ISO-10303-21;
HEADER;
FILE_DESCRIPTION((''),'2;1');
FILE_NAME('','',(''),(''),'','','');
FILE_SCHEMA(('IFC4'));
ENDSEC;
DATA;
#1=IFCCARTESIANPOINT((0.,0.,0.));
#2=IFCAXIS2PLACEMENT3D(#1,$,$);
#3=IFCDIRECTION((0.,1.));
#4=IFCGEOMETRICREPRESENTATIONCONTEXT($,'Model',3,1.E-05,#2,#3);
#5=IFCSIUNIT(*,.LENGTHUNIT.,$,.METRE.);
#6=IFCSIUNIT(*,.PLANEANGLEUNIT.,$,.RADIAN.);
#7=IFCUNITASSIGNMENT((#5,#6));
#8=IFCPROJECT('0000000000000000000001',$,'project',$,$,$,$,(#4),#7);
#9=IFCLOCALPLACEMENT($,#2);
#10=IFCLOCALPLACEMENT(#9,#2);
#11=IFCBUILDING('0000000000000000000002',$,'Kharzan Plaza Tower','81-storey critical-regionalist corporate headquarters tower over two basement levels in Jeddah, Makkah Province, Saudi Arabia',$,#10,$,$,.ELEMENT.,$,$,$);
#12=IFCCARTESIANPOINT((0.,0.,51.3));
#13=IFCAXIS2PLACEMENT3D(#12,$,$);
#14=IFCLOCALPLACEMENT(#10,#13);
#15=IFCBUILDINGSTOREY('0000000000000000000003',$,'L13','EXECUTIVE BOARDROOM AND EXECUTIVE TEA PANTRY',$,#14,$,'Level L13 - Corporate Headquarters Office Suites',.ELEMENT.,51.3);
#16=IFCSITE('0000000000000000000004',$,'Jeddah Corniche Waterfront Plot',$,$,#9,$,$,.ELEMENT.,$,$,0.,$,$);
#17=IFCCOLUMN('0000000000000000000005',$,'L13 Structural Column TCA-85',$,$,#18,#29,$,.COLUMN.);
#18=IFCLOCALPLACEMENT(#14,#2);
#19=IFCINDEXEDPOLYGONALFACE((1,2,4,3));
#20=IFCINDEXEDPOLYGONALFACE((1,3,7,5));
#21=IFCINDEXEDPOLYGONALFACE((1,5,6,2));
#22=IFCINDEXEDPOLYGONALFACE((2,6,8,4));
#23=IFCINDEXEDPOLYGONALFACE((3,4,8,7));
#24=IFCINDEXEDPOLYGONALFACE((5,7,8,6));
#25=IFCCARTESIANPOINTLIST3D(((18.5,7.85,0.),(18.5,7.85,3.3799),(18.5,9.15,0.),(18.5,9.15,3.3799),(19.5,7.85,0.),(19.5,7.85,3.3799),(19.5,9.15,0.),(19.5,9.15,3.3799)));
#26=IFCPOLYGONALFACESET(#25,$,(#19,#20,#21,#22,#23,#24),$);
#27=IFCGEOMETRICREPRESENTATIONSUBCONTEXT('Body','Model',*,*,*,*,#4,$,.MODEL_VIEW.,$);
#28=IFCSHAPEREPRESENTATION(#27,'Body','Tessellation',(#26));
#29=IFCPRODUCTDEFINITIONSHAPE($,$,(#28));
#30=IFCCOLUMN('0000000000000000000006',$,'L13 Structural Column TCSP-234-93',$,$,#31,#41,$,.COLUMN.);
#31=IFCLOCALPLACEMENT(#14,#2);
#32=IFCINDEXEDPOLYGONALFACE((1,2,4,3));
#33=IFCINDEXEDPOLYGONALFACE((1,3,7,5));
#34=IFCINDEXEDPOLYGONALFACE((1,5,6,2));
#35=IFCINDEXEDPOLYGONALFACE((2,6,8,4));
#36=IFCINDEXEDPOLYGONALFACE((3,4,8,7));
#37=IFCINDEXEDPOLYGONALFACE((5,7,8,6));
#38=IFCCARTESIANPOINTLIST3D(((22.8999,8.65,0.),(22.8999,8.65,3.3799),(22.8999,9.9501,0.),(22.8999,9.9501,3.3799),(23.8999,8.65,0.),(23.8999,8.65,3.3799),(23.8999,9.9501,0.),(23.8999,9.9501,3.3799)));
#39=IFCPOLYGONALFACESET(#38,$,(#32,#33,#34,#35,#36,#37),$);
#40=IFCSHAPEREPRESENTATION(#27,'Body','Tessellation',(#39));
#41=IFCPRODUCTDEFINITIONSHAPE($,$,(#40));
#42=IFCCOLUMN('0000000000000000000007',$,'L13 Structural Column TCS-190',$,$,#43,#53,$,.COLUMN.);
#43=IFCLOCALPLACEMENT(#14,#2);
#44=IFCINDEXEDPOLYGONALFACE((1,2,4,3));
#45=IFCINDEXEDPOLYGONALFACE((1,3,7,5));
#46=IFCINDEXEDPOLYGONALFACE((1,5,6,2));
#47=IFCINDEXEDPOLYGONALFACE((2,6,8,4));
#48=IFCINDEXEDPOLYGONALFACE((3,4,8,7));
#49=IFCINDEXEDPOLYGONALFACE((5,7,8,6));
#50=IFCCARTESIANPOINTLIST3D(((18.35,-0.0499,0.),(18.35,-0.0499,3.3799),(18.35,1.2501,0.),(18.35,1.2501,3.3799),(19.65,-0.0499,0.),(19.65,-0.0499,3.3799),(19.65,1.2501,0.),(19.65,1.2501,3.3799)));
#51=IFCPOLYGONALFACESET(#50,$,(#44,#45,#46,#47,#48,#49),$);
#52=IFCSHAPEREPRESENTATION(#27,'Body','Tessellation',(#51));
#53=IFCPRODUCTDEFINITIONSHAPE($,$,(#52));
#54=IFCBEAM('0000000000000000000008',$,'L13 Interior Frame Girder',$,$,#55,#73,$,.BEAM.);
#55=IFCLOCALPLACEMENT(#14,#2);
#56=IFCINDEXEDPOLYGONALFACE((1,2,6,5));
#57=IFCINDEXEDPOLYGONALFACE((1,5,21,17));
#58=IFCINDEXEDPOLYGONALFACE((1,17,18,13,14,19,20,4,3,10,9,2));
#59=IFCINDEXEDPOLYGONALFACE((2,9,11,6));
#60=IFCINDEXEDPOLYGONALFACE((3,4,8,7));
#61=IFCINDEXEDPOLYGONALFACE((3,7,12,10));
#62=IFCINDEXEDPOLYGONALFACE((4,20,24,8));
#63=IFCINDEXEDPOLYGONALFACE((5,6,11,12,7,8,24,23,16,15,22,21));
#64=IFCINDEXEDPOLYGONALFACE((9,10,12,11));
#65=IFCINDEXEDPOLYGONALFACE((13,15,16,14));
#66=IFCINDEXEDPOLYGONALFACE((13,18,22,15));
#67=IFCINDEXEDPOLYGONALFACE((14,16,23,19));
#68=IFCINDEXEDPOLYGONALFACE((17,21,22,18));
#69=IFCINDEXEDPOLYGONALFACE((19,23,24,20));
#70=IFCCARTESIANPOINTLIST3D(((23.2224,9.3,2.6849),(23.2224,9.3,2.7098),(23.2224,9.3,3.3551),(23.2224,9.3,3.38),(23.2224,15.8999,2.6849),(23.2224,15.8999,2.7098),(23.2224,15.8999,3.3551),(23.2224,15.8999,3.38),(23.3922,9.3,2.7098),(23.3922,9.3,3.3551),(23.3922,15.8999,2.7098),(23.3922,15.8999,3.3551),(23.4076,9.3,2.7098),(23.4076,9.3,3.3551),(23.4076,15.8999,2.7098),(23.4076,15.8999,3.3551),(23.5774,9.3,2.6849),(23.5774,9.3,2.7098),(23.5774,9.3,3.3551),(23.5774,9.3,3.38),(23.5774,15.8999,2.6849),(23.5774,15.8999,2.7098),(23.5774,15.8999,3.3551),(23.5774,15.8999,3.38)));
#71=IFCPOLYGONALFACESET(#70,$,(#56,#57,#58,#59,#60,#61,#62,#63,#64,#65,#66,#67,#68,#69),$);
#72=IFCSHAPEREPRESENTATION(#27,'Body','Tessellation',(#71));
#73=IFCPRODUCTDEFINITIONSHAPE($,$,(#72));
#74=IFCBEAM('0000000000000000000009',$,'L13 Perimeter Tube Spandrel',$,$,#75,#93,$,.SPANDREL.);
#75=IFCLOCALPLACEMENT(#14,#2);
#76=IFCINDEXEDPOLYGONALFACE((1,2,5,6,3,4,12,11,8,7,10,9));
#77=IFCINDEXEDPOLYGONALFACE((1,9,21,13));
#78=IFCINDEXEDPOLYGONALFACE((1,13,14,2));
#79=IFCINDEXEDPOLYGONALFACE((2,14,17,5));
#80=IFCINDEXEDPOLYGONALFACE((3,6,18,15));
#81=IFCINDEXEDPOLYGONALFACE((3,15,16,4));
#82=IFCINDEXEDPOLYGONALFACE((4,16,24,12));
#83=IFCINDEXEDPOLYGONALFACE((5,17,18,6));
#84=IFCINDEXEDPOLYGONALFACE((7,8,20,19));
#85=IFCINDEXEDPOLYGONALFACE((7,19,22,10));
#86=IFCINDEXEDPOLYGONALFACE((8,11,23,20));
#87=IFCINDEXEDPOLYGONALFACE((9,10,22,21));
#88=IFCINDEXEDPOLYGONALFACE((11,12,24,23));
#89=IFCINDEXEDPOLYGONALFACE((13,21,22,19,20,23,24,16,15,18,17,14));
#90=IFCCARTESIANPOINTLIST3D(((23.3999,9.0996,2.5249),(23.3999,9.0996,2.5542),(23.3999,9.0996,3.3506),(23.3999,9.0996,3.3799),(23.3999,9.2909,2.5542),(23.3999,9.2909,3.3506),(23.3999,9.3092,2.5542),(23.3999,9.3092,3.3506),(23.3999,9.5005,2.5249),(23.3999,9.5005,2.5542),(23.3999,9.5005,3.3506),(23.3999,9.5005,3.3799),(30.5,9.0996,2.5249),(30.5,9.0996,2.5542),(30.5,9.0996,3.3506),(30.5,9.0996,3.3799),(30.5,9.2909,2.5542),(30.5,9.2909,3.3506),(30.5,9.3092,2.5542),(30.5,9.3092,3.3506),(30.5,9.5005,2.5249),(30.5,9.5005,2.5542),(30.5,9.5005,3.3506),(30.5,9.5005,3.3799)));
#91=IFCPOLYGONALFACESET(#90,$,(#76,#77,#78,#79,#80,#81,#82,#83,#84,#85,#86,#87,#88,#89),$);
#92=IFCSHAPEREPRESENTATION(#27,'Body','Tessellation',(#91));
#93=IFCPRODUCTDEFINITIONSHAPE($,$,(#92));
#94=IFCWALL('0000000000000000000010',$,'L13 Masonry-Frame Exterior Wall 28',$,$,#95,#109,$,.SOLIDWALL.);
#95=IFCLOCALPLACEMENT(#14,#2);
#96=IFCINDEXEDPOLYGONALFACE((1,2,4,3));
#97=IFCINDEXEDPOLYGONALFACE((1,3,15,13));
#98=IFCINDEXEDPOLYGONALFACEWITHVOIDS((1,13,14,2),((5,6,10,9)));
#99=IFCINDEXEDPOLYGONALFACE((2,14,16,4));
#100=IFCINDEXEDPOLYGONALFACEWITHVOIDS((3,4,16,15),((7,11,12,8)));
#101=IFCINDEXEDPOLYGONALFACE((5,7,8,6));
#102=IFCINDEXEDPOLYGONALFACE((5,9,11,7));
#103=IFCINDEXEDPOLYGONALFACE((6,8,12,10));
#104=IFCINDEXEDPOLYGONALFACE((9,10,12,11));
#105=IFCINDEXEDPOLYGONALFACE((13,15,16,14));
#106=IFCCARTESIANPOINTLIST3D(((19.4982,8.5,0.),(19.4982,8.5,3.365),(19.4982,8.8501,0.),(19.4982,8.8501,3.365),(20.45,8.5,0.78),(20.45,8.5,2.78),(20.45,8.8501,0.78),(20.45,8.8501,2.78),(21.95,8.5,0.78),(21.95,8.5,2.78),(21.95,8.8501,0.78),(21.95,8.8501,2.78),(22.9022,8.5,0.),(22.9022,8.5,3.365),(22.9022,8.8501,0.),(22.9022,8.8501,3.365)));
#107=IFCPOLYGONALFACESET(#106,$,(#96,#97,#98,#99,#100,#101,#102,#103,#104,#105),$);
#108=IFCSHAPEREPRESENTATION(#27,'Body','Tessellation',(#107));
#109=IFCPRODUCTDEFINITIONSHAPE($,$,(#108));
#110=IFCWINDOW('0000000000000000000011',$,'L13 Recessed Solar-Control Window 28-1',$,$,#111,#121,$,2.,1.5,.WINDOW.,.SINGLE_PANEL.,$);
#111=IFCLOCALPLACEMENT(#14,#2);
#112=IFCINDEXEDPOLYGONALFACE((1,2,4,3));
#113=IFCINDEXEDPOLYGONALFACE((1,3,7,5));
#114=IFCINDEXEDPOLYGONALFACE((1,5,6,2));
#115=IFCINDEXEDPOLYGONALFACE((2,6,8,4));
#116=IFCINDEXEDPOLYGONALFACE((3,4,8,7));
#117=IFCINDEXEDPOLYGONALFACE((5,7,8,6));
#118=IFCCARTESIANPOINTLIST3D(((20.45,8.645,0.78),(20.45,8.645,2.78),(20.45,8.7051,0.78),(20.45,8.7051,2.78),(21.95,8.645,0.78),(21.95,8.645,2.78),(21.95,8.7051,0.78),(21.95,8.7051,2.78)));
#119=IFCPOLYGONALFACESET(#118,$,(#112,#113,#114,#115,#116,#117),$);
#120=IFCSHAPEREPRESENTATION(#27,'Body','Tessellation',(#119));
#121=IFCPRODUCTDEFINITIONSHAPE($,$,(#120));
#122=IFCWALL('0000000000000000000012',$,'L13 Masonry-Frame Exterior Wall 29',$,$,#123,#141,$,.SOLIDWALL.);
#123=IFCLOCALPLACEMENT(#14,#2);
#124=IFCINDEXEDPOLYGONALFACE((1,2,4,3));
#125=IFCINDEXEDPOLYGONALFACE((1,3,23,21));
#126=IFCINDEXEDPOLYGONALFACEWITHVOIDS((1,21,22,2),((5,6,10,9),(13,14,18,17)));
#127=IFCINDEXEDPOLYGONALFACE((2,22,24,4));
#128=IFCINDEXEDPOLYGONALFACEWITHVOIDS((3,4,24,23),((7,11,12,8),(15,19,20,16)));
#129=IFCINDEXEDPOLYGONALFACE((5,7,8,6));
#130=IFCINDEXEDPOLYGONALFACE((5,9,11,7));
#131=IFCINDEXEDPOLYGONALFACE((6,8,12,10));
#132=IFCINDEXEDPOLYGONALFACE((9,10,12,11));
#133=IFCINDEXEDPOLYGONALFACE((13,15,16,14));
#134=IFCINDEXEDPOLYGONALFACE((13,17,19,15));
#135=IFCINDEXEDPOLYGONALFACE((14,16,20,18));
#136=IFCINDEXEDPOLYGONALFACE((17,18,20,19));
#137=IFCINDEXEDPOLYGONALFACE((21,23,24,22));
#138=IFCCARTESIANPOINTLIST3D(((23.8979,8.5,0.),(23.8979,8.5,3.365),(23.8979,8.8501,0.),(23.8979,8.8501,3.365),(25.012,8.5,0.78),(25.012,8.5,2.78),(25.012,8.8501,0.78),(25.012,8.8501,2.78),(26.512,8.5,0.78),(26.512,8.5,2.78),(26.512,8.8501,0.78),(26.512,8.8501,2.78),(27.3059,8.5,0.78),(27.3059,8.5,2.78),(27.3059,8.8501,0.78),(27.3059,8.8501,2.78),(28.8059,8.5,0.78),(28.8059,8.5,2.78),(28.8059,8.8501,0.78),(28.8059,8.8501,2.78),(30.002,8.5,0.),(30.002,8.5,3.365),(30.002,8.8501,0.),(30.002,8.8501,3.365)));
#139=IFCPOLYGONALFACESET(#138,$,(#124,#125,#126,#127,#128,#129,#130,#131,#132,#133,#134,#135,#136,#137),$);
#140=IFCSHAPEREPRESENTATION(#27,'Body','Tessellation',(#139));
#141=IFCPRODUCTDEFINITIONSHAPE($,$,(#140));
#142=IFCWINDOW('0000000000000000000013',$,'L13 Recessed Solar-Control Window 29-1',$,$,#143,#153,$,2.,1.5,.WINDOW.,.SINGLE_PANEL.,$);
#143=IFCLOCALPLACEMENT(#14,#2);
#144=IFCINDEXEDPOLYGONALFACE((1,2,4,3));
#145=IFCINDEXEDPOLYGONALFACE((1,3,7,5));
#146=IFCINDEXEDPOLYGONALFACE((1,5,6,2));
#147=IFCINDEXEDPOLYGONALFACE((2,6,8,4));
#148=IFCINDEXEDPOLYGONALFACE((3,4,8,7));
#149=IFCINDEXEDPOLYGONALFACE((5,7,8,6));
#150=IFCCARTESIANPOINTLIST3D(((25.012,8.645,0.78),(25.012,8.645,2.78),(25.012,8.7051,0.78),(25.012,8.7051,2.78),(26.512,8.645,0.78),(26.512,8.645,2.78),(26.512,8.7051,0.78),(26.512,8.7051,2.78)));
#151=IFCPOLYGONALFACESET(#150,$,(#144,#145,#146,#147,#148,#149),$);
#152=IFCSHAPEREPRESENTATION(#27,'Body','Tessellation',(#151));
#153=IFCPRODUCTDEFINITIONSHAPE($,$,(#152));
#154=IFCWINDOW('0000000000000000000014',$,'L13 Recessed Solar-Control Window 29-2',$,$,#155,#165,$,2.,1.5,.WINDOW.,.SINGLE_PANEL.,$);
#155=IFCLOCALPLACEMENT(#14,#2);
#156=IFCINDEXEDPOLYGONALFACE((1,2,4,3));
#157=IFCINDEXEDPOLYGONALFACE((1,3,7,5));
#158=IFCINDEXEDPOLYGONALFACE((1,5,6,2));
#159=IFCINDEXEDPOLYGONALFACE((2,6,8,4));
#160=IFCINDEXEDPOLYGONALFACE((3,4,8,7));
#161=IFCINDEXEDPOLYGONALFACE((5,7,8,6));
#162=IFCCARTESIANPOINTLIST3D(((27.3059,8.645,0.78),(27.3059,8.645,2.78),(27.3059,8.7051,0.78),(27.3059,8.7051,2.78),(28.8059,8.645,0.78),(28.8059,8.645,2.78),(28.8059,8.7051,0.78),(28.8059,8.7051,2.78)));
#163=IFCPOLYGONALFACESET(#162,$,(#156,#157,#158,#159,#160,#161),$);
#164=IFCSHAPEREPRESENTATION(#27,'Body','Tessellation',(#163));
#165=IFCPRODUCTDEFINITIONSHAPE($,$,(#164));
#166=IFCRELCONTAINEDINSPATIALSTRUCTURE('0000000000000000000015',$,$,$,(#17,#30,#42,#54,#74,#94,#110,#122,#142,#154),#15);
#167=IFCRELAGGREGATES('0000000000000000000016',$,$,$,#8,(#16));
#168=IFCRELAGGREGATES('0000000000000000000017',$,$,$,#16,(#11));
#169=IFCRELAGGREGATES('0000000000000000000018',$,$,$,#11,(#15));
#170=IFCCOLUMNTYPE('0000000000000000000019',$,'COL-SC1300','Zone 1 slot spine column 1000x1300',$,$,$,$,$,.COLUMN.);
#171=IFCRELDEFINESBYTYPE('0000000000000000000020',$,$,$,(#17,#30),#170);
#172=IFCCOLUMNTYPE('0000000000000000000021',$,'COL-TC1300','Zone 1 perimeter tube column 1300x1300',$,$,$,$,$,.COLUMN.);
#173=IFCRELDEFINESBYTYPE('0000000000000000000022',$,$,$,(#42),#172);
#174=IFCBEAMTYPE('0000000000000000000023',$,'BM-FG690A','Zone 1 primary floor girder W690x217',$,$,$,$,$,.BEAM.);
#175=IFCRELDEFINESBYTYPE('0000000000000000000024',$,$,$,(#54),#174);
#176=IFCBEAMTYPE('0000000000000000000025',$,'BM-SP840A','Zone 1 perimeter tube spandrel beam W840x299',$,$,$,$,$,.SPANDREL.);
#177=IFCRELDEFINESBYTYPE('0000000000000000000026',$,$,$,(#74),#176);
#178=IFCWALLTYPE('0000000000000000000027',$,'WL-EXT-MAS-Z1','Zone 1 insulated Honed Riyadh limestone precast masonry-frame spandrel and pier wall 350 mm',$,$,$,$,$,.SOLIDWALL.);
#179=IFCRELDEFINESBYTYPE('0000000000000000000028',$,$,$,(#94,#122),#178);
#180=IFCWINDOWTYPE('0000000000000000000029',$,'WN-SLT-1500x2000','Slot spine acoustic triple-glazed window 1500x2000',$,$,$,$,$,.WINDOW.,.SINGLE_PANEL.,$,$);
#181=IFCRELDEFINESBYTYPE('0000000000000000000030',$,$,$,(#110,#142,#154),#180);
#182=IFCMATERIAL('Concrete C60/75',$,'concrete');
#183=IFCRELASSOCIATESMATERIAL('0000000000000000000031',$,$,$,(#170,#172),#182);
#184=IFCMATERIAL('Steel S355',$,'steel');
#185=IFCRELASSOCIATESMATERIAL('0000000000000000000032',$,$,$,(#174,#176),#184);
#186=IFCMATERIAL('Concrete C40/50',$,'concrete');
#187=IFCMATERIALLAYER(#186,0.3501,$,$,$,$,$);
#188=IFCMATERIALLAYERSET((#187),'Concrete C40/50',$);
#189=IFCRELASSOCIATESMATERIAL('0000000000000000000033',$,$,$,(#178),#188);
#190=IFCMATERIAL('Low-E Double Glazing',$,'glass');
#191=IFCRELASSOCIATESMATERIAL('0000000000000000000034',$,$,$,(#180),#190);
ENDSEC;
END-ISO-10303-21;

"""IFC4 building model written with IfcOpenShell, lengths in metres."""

from ifc_helpers import new_model, si_unit, direction, frame, frame_2d, origin, origin_2d, place, context, subcontext, project, spatial, rectangle, i_section, extrude, source, transform, mapped, material, layer, layer_set, material_profile, profile_set, type_object, element, fill, save


model = new_model("IFC4")

# Units and contexts
model_context = context("Model", 3, precision=1e-05, world=origin(), true_north=direction((0.0, 1.0)))
body_context = subcontext(model_context, "Body", "Model", "MODEL_VIEW")
ifc_project = project(units=[si_unit("LENGTHUNIT", "METRE"), si_unit("PLANEANGLEUNIT", "RADIAN")], contexts=[model_context])

# Site, building, storey
site_placement = place(None, origin())
site = spatial("IfcSite", under=ifc_project, at=site_placement, Name="Jeddah Corniche Waterfront Plot", CompositionType="ELEMENT", RefElevation=0.0)
building_placement = place(site_placement, origin())
building = spatial("IfcBuilding", under=site, at=building_placement, Name="Kharzan Plaza Tower", Description="81-storey critical-regionalist corporate headquarters tower over two basement levels in Jeddah, Makkah Province, Saudi Arabia", CompositionType="ELEMENT")
storey_placement = place(building_placement, frame((0.0, 0.0, 51.3)))
storey = spatial("IfcBuildingStorey", under=building, at=storey_placement, Name="L13", Description="EXECUTIVE BOARDROOM AND EXECUTIVE TEA PANTRY", LongName="Level L13 - Corporate Headquarters Office Suites", CompositionType="ELEMENT", Elevation=51.3)

# Columns
ifc_material_1 = material(Name="Concrete C60/75", Category="concrete")
ifc_material_profile_1 = material_profile(ifc_material_1, rectangle(XDim=1.0, YDim=1.3, at=origin_2d()), Name="RC-SC1300x1000")
ifc_profile_set_1 = profile_set([ifc_material_profile_1], Name="Concrete C60/75")
column_type_1 = type_object("IfcColumnType", Name="COL-SC1300", Description="Zone 1 slot spine column 1000x1300", PredefinedType="COLUMN", material=ifc_profile_set_1)
shared_shape_1 = source(origin(), body_context, "Body", "SweptSolid", [
    extrude(rectangle(XDim=1.0, YDim=1.3, at=origin_2d()), origin(), (0.0, 0.0, 1.0), 3.3799),
])
for number, where, z_axis, x_axis, name in (
    (1, (19.0, 8.5, 0.0), (0.0, 0.0, 1.0), (1.0, 0.0, 0.0), "L13 Structural Column TCA-85"),
    (2, (23.3999, 9.3, 0.0), (0.0, 0.0, 1.0), (1.0, 0.0, 0.0), "L13 Structural Column TCSP-234-93"),
):
    element("IfcColumn", number, at=place(storey_placement, frame(where, z_axis=z_axis, x_axis=x_axis)), inside=storey, type_object=column_type_1, Name=name, PredefinedType="COLUMN", context=body_context, shape_type="MappedRepresentation", body=[
        mapped(shared_shape_1, transform((0.0, 0.0, 0.0), x_axis=(1.0, 0.0, 0.0), y_axis=(0.0, 1.0, 0.0), z_axis=(0.0, 0.0, 1.0))),
    ])
ifc_material_profile_2 = material_profile(ifc_material_1, rectangle(XDim=1.3, YDim=1.3, at=origin_2d()), Name="RC-TC1300x1300")
ifc_profile_set_2 = profile_set([ifc_material_profile_2], Name="Concrete C60/75")
column_type_2 = type_object("IfcColumnType", Name="COL-TC1300", Description="Zone 1 perimeter tube column 1300x1300", PredefinedType="COLUMN", material=ifc_profile_set_2)
shared_shape_2 = source(origin(), body_context, "Body", "SweptSolid", [
    extrude(rectangle(XDim=1.3, YDim=1.3, at=origin_2d()), origin(), (0.0, 0.0, 1.0), 3.3799),
])
column_placement = place(storey_placement, frame((19.0, 0.6001, 0.0), z_axis=(0.0, 0.0, 1.0), x_axis=(1.0, 0.0, 0.0)))
element("IfcColumn", 3, at=column_placement, inside=storey, type_object=column_type_2, Name="L13 Structural Column TCS-190", PredefinedType="COLUMN", context=body_context, shape_type="MappedRepresentation", body=[
    mapped(shared_shape_2, transform((0.0, 0.0, 0.0), x_axis=(1.0, 0.0, 0.0), y_axis=(0.0, 1.0, 0.0), z_axis=(0.0, 0.0, 1.0))),
])

# Beams
ifc_material_2 = material(Name="Steel S355", Category="steel")
ifc_material_profile_3 = material_profile(ifc_material_2, i_section(OverallWidth=0.355, OverallDepth=0.6951, WebThickness=0.0154, FlangeThickness=0.0249, at=origin_2d()), Name="W690x217")
ifc_profile_set_3 = profile_set([ifc_material_profile_3], Name="Steel S355")
beam_type_1 = type_object("IfcBeamType", Name="BM-FG690A", Description="Zone 1 primary floor girder W690x217", PredefinedType="BEAM", material=ifc_profile_set_3)
shared_shape_3 = source(origin(), body_context, "Body", "SweptSolid", [
    extrude(i_section(OverallWidth=0.355, OverallDepth=0.6951, WebThickness=0.0154, FlangeThickness=0.0249, at=origin_2d()), origin(), (0.0, 0.0, 1.0), 6.5999),
])
beam_1_placement = place(storey_placement, frame((23.3999, 9.3, 3.0325), z_axis=(0.0, 1.0, 0.0), x_axis=(-1.0, 0.0, 0.0)))
element("IfcBeam", 4, at=beam_1_placement, inside=storey, type_object=beam_type_1, Name="L13 Interior Frame Girder", PredefinedType="BEAM", context=body_context, shape_type="MappedRepresentation", body=[
    mapped(shared_shape_3, transform((0.0, 0.0, 0.0), x_axis=(1.0, 0.0, 0.0), y_axis=(0.0, 1.0, 0.0), z_axis=(0.0, 0.0, 1.0))),
])
ifc_material_profile_4 = material_profile(ifc_material_2, i_section(OverallWidth=0.4009, OverallDepth=0.855, WebThickness=0.0183, FlangeThickness=0.0293, at=origin_2d()), Name="W840x299")
ifc_profile_set_4 = profile_set([ifc_material_profile_4], Name="Steel S355")
beam_type_2 = type_object("IfcBeamType", Name="BM-SP840A", Description="Zone 1 perimeter tube spandrel beam W840x299", PredefinedType="SPANDREL", material=ifc_profile_set_4)
shared_shape_4 = source(origin(), body_context, "Body", "SweptSolid", [
    extrude(i_section(OverallWidth=0.4009, OverallDepth=0.855, WebThickness=0.0183, FlangeThickness=0.0293, at=origin_2d()), origin(), (0.0, 0.0, 1.0), 7.1001),
])
beam_2_placement = place(storey_placement, frame((23.3999, 9.3, 2.9524), z_axis=(1.0, 0.0, 0.0), x_axis=(0.0, 1.0, 0.0)))
element("IfcBeam", 5, at=beam_2_placement, inside=storey, type_object=beam_type_2, Name="L13 Perimeter Tube Spandrel", PredefinedType="SPANDREL", context=body_context, shape_type="MappedRepresentation", body=[
    mapped(shared_shape_4, transform((0.0, 0.0, 0.0), x_axis=(1.0, 0.0, 0.0), y_axis=(0.0, 1.0, 0.0), z_axis=(0.0, 0.0, 1.0))),
])

# Wall, opening, window
ifc_material_3 = material(Name="Concrete C40/50", Category="concrete")
ifc_layer_1 = layer(ifc_material_3, 0.3501)
ifc_layer_set_1 = layer_set([ifc_layer_1], Name="Concrete C40/50")
wall_type_1 = type_object("IfcWallType", Name="WL-EXT-MAS-Z1", Description="Zone 1 insulated Honed Riyadh limestone precast masonry-frame spandrel and pier wall 350 mm", PredefinedType="SOLIDWALL", material=ifc_layer_set_1)
wall_1_placement = place(storey_placement, frame((19.498, 8.675, 0.0), z_axis=(0.0, 0.0, 1.0), x_axis=(1.0, 0.0, 0.0)))
wall_1 = element("IfcWall", 6, at=wall_1_placement, inside=storey, type_object=wall_type_1, Name="L13 Masonry-Frame Exterior Wall 28", PredefinedType="SOLIDWALL", context=body_context, shape_type="SweptSolid", body=[
    extrude(rectangle(XDim=3.4041, YDim=0.3501, at=frame_2d((1.7021, 0.0))), origin(), (0.0, 0.0, 1.0), 3.365),
])
opening_1_placement = place(wall_1_placement, frame((0.9519, 0.0, 0.78)))
opening_1 = element("IfcOpeningElement", 7, at=opening_1_placement, cuts=wall_1, PredefinedType="OPENING", context=body_context, shape_type="SweptSolid", body=[
    extrude(rectangle(XDim=1.5, YDim=2.0, at=frame_2d((0.75, 1.0))), frame((0.0, 0.1851, 0.0), z_axis=(0.0, -1.0, 0.0), x_axis=(1.0, 0.0, 0.0)), (0.0, 0.0, 1.0), 0.3701),
])
ifc_material_4 = material(Name="Low-E Double Glazing", Category="glass")
window_type = type_object("IfcWindowType", Name="WN-SLT-1500x2000", Description="Slot spine acoustic triple-glazed window 1500x2000", PartitioningType="SINGLE_PANEL", PredefinedType="WINDOW", material=ifc_material_4)
shared_shape_5 = source(origin(), body_context, "Body", "SweptSolid", [
    extrude(rectangle(XDim=1.5, YDim=2.0, at=frame_2d((0.75, 1.0))), frame((0.0, 0.03, 0.0), z_axis=(0.0, -1.0, 0.0), x_axis=(1.0, 0.0, 0.0)), (0.0, 0.0, 1.0), 0.0601),
])
window_1_placement = place(opening_1_placement, origin())
window_1 = element("IfcWindow", 8, at=window_1_placement, inside=storey, type_object=window_type, Name="L13 Recessed Solar-Control Window 28-1", OverallHeight=2.0, OverallWidth=1.5, PartitioningType="SINGLE_PANEL", PredefinedType="WINDOW", context=body_context, shape_type="MappedRepresentation", body=[
    mapped(shared_shape_5, transform((0.0, 0.0, 0.0), x_axis=(1.0, 0.0, 0.0), y_axis=(0.0, 1.0, 0.0), z_axis=(0.0, 0.0, 1.0))),
])
fill(opening_1, window_1)

# Wall, openings, windows
wall_2_placement = place(storey_placement, frame((23.8979, 8.675, 0.0), z_axis=(0.0, 0.0, 1.0), x_axis=(1.0, 0.0, 0.0)))
wall_2 = element("IfcWall", 9, at=wall_2_placement, inside=storey, type_object=wall_type_1, Name="L13 Masonry-Frame Exterior Wall 29", PredefinedType="SOLIDWALL", context=body_context, shape_type="SweptSolid", body=[
    extrude(rectangle(XDim=6.104, YDim=0.3501, at=frame_2d((3.052, 0.0))), origin(), (0.0, 0.0, 1.0), 3.365),
])
opening_2_placement = place(wall_2_placement, frame((1.114, 0.0, 0.78)))
opening_2 = element("IfcOpeningElement", 10, at=opening_2_placement, cuts=wall_2, PredefinedType="OPENING", context=body_context, shape_type="SweptSolid", body=[
    extrude(rectangle(XDim=1.5, YDim=2.0, at=frame_2d((0.75, 1.0))), frame((0.0, 0.1851, 0.0), z_axis=(0.0, -1.0, 0.0), x_axis=(1.0, 0.0, 0.0)), (0.0, 0.0, 1.0), 0.3701),
])
opening_3_placement = place(wall_2_placement, frame((3.408, 0.0, 0.78)))
opening_3 = element("IfcOpeningElement", 11, at=opening_3_placement, cuts=wall_2, PredefinedType="OPENING", context=body_context, shape_type="SweptSolid", body=[
    extrude(rectangle(XDim=1.5, YDim=2.0, at=frame_2d((0.75, 1.0))), frame((0.0, 0.1851, 0.0), z_axis=(0.0, -1.0, 0.0), x_axis=(1.0, 0.0, 0.0)), (0.0, 0.0, 1.0), 0.3701),
])
window_2_placement = place(opening_2_placement, origin())
window_2 = element("IfcWindow", 12, at=window_2_placement, inside=storey, type_object=window_type, Name="L13 Recessed Solar-Control Window 29-1", OverallHeight=2.0, OverallWidth=1.5, PartitioningType="SINGLE_PANEL", PredefinedType="WINDOW", context=body_context, shape_type="MappedRepresentation", body=[
    mapped(shared_shape_5, transform((0.0, 0.0, 0.0), x_axis=(1.0, 0.0, 0.0), y_axis=(0.0, 1.0, 0.0), z_axis=(0.0, 0.0, 1.0))),
])
fill(opening_2, window_2)
window_3_placement = place(opening_3_placement, origin())
window_3 = element("IfcWindow", 13, at=window_3_placement, inside=storey, type_object=window_type, Name="L13 Recessed Solar-Control Window 29-2", OverallHeight=2.0, OverallWidth=1.5, PartitioningType="SINGLE_PANEL", PredefinedType="WINDOW", context=body_context, shape_type="MappedRepresentation", body=[
    mapped(shared_shape_5, transform((0.0, 0.0, 0.0), x_axis=(1.0, 0.0, 0.0), y_axis=(0.0, 1.0, 0.0), z_axis=(0.0, 0.0, 1.0))),
])
fill(opening_3, window_3)

save(model, "model.ifc")
